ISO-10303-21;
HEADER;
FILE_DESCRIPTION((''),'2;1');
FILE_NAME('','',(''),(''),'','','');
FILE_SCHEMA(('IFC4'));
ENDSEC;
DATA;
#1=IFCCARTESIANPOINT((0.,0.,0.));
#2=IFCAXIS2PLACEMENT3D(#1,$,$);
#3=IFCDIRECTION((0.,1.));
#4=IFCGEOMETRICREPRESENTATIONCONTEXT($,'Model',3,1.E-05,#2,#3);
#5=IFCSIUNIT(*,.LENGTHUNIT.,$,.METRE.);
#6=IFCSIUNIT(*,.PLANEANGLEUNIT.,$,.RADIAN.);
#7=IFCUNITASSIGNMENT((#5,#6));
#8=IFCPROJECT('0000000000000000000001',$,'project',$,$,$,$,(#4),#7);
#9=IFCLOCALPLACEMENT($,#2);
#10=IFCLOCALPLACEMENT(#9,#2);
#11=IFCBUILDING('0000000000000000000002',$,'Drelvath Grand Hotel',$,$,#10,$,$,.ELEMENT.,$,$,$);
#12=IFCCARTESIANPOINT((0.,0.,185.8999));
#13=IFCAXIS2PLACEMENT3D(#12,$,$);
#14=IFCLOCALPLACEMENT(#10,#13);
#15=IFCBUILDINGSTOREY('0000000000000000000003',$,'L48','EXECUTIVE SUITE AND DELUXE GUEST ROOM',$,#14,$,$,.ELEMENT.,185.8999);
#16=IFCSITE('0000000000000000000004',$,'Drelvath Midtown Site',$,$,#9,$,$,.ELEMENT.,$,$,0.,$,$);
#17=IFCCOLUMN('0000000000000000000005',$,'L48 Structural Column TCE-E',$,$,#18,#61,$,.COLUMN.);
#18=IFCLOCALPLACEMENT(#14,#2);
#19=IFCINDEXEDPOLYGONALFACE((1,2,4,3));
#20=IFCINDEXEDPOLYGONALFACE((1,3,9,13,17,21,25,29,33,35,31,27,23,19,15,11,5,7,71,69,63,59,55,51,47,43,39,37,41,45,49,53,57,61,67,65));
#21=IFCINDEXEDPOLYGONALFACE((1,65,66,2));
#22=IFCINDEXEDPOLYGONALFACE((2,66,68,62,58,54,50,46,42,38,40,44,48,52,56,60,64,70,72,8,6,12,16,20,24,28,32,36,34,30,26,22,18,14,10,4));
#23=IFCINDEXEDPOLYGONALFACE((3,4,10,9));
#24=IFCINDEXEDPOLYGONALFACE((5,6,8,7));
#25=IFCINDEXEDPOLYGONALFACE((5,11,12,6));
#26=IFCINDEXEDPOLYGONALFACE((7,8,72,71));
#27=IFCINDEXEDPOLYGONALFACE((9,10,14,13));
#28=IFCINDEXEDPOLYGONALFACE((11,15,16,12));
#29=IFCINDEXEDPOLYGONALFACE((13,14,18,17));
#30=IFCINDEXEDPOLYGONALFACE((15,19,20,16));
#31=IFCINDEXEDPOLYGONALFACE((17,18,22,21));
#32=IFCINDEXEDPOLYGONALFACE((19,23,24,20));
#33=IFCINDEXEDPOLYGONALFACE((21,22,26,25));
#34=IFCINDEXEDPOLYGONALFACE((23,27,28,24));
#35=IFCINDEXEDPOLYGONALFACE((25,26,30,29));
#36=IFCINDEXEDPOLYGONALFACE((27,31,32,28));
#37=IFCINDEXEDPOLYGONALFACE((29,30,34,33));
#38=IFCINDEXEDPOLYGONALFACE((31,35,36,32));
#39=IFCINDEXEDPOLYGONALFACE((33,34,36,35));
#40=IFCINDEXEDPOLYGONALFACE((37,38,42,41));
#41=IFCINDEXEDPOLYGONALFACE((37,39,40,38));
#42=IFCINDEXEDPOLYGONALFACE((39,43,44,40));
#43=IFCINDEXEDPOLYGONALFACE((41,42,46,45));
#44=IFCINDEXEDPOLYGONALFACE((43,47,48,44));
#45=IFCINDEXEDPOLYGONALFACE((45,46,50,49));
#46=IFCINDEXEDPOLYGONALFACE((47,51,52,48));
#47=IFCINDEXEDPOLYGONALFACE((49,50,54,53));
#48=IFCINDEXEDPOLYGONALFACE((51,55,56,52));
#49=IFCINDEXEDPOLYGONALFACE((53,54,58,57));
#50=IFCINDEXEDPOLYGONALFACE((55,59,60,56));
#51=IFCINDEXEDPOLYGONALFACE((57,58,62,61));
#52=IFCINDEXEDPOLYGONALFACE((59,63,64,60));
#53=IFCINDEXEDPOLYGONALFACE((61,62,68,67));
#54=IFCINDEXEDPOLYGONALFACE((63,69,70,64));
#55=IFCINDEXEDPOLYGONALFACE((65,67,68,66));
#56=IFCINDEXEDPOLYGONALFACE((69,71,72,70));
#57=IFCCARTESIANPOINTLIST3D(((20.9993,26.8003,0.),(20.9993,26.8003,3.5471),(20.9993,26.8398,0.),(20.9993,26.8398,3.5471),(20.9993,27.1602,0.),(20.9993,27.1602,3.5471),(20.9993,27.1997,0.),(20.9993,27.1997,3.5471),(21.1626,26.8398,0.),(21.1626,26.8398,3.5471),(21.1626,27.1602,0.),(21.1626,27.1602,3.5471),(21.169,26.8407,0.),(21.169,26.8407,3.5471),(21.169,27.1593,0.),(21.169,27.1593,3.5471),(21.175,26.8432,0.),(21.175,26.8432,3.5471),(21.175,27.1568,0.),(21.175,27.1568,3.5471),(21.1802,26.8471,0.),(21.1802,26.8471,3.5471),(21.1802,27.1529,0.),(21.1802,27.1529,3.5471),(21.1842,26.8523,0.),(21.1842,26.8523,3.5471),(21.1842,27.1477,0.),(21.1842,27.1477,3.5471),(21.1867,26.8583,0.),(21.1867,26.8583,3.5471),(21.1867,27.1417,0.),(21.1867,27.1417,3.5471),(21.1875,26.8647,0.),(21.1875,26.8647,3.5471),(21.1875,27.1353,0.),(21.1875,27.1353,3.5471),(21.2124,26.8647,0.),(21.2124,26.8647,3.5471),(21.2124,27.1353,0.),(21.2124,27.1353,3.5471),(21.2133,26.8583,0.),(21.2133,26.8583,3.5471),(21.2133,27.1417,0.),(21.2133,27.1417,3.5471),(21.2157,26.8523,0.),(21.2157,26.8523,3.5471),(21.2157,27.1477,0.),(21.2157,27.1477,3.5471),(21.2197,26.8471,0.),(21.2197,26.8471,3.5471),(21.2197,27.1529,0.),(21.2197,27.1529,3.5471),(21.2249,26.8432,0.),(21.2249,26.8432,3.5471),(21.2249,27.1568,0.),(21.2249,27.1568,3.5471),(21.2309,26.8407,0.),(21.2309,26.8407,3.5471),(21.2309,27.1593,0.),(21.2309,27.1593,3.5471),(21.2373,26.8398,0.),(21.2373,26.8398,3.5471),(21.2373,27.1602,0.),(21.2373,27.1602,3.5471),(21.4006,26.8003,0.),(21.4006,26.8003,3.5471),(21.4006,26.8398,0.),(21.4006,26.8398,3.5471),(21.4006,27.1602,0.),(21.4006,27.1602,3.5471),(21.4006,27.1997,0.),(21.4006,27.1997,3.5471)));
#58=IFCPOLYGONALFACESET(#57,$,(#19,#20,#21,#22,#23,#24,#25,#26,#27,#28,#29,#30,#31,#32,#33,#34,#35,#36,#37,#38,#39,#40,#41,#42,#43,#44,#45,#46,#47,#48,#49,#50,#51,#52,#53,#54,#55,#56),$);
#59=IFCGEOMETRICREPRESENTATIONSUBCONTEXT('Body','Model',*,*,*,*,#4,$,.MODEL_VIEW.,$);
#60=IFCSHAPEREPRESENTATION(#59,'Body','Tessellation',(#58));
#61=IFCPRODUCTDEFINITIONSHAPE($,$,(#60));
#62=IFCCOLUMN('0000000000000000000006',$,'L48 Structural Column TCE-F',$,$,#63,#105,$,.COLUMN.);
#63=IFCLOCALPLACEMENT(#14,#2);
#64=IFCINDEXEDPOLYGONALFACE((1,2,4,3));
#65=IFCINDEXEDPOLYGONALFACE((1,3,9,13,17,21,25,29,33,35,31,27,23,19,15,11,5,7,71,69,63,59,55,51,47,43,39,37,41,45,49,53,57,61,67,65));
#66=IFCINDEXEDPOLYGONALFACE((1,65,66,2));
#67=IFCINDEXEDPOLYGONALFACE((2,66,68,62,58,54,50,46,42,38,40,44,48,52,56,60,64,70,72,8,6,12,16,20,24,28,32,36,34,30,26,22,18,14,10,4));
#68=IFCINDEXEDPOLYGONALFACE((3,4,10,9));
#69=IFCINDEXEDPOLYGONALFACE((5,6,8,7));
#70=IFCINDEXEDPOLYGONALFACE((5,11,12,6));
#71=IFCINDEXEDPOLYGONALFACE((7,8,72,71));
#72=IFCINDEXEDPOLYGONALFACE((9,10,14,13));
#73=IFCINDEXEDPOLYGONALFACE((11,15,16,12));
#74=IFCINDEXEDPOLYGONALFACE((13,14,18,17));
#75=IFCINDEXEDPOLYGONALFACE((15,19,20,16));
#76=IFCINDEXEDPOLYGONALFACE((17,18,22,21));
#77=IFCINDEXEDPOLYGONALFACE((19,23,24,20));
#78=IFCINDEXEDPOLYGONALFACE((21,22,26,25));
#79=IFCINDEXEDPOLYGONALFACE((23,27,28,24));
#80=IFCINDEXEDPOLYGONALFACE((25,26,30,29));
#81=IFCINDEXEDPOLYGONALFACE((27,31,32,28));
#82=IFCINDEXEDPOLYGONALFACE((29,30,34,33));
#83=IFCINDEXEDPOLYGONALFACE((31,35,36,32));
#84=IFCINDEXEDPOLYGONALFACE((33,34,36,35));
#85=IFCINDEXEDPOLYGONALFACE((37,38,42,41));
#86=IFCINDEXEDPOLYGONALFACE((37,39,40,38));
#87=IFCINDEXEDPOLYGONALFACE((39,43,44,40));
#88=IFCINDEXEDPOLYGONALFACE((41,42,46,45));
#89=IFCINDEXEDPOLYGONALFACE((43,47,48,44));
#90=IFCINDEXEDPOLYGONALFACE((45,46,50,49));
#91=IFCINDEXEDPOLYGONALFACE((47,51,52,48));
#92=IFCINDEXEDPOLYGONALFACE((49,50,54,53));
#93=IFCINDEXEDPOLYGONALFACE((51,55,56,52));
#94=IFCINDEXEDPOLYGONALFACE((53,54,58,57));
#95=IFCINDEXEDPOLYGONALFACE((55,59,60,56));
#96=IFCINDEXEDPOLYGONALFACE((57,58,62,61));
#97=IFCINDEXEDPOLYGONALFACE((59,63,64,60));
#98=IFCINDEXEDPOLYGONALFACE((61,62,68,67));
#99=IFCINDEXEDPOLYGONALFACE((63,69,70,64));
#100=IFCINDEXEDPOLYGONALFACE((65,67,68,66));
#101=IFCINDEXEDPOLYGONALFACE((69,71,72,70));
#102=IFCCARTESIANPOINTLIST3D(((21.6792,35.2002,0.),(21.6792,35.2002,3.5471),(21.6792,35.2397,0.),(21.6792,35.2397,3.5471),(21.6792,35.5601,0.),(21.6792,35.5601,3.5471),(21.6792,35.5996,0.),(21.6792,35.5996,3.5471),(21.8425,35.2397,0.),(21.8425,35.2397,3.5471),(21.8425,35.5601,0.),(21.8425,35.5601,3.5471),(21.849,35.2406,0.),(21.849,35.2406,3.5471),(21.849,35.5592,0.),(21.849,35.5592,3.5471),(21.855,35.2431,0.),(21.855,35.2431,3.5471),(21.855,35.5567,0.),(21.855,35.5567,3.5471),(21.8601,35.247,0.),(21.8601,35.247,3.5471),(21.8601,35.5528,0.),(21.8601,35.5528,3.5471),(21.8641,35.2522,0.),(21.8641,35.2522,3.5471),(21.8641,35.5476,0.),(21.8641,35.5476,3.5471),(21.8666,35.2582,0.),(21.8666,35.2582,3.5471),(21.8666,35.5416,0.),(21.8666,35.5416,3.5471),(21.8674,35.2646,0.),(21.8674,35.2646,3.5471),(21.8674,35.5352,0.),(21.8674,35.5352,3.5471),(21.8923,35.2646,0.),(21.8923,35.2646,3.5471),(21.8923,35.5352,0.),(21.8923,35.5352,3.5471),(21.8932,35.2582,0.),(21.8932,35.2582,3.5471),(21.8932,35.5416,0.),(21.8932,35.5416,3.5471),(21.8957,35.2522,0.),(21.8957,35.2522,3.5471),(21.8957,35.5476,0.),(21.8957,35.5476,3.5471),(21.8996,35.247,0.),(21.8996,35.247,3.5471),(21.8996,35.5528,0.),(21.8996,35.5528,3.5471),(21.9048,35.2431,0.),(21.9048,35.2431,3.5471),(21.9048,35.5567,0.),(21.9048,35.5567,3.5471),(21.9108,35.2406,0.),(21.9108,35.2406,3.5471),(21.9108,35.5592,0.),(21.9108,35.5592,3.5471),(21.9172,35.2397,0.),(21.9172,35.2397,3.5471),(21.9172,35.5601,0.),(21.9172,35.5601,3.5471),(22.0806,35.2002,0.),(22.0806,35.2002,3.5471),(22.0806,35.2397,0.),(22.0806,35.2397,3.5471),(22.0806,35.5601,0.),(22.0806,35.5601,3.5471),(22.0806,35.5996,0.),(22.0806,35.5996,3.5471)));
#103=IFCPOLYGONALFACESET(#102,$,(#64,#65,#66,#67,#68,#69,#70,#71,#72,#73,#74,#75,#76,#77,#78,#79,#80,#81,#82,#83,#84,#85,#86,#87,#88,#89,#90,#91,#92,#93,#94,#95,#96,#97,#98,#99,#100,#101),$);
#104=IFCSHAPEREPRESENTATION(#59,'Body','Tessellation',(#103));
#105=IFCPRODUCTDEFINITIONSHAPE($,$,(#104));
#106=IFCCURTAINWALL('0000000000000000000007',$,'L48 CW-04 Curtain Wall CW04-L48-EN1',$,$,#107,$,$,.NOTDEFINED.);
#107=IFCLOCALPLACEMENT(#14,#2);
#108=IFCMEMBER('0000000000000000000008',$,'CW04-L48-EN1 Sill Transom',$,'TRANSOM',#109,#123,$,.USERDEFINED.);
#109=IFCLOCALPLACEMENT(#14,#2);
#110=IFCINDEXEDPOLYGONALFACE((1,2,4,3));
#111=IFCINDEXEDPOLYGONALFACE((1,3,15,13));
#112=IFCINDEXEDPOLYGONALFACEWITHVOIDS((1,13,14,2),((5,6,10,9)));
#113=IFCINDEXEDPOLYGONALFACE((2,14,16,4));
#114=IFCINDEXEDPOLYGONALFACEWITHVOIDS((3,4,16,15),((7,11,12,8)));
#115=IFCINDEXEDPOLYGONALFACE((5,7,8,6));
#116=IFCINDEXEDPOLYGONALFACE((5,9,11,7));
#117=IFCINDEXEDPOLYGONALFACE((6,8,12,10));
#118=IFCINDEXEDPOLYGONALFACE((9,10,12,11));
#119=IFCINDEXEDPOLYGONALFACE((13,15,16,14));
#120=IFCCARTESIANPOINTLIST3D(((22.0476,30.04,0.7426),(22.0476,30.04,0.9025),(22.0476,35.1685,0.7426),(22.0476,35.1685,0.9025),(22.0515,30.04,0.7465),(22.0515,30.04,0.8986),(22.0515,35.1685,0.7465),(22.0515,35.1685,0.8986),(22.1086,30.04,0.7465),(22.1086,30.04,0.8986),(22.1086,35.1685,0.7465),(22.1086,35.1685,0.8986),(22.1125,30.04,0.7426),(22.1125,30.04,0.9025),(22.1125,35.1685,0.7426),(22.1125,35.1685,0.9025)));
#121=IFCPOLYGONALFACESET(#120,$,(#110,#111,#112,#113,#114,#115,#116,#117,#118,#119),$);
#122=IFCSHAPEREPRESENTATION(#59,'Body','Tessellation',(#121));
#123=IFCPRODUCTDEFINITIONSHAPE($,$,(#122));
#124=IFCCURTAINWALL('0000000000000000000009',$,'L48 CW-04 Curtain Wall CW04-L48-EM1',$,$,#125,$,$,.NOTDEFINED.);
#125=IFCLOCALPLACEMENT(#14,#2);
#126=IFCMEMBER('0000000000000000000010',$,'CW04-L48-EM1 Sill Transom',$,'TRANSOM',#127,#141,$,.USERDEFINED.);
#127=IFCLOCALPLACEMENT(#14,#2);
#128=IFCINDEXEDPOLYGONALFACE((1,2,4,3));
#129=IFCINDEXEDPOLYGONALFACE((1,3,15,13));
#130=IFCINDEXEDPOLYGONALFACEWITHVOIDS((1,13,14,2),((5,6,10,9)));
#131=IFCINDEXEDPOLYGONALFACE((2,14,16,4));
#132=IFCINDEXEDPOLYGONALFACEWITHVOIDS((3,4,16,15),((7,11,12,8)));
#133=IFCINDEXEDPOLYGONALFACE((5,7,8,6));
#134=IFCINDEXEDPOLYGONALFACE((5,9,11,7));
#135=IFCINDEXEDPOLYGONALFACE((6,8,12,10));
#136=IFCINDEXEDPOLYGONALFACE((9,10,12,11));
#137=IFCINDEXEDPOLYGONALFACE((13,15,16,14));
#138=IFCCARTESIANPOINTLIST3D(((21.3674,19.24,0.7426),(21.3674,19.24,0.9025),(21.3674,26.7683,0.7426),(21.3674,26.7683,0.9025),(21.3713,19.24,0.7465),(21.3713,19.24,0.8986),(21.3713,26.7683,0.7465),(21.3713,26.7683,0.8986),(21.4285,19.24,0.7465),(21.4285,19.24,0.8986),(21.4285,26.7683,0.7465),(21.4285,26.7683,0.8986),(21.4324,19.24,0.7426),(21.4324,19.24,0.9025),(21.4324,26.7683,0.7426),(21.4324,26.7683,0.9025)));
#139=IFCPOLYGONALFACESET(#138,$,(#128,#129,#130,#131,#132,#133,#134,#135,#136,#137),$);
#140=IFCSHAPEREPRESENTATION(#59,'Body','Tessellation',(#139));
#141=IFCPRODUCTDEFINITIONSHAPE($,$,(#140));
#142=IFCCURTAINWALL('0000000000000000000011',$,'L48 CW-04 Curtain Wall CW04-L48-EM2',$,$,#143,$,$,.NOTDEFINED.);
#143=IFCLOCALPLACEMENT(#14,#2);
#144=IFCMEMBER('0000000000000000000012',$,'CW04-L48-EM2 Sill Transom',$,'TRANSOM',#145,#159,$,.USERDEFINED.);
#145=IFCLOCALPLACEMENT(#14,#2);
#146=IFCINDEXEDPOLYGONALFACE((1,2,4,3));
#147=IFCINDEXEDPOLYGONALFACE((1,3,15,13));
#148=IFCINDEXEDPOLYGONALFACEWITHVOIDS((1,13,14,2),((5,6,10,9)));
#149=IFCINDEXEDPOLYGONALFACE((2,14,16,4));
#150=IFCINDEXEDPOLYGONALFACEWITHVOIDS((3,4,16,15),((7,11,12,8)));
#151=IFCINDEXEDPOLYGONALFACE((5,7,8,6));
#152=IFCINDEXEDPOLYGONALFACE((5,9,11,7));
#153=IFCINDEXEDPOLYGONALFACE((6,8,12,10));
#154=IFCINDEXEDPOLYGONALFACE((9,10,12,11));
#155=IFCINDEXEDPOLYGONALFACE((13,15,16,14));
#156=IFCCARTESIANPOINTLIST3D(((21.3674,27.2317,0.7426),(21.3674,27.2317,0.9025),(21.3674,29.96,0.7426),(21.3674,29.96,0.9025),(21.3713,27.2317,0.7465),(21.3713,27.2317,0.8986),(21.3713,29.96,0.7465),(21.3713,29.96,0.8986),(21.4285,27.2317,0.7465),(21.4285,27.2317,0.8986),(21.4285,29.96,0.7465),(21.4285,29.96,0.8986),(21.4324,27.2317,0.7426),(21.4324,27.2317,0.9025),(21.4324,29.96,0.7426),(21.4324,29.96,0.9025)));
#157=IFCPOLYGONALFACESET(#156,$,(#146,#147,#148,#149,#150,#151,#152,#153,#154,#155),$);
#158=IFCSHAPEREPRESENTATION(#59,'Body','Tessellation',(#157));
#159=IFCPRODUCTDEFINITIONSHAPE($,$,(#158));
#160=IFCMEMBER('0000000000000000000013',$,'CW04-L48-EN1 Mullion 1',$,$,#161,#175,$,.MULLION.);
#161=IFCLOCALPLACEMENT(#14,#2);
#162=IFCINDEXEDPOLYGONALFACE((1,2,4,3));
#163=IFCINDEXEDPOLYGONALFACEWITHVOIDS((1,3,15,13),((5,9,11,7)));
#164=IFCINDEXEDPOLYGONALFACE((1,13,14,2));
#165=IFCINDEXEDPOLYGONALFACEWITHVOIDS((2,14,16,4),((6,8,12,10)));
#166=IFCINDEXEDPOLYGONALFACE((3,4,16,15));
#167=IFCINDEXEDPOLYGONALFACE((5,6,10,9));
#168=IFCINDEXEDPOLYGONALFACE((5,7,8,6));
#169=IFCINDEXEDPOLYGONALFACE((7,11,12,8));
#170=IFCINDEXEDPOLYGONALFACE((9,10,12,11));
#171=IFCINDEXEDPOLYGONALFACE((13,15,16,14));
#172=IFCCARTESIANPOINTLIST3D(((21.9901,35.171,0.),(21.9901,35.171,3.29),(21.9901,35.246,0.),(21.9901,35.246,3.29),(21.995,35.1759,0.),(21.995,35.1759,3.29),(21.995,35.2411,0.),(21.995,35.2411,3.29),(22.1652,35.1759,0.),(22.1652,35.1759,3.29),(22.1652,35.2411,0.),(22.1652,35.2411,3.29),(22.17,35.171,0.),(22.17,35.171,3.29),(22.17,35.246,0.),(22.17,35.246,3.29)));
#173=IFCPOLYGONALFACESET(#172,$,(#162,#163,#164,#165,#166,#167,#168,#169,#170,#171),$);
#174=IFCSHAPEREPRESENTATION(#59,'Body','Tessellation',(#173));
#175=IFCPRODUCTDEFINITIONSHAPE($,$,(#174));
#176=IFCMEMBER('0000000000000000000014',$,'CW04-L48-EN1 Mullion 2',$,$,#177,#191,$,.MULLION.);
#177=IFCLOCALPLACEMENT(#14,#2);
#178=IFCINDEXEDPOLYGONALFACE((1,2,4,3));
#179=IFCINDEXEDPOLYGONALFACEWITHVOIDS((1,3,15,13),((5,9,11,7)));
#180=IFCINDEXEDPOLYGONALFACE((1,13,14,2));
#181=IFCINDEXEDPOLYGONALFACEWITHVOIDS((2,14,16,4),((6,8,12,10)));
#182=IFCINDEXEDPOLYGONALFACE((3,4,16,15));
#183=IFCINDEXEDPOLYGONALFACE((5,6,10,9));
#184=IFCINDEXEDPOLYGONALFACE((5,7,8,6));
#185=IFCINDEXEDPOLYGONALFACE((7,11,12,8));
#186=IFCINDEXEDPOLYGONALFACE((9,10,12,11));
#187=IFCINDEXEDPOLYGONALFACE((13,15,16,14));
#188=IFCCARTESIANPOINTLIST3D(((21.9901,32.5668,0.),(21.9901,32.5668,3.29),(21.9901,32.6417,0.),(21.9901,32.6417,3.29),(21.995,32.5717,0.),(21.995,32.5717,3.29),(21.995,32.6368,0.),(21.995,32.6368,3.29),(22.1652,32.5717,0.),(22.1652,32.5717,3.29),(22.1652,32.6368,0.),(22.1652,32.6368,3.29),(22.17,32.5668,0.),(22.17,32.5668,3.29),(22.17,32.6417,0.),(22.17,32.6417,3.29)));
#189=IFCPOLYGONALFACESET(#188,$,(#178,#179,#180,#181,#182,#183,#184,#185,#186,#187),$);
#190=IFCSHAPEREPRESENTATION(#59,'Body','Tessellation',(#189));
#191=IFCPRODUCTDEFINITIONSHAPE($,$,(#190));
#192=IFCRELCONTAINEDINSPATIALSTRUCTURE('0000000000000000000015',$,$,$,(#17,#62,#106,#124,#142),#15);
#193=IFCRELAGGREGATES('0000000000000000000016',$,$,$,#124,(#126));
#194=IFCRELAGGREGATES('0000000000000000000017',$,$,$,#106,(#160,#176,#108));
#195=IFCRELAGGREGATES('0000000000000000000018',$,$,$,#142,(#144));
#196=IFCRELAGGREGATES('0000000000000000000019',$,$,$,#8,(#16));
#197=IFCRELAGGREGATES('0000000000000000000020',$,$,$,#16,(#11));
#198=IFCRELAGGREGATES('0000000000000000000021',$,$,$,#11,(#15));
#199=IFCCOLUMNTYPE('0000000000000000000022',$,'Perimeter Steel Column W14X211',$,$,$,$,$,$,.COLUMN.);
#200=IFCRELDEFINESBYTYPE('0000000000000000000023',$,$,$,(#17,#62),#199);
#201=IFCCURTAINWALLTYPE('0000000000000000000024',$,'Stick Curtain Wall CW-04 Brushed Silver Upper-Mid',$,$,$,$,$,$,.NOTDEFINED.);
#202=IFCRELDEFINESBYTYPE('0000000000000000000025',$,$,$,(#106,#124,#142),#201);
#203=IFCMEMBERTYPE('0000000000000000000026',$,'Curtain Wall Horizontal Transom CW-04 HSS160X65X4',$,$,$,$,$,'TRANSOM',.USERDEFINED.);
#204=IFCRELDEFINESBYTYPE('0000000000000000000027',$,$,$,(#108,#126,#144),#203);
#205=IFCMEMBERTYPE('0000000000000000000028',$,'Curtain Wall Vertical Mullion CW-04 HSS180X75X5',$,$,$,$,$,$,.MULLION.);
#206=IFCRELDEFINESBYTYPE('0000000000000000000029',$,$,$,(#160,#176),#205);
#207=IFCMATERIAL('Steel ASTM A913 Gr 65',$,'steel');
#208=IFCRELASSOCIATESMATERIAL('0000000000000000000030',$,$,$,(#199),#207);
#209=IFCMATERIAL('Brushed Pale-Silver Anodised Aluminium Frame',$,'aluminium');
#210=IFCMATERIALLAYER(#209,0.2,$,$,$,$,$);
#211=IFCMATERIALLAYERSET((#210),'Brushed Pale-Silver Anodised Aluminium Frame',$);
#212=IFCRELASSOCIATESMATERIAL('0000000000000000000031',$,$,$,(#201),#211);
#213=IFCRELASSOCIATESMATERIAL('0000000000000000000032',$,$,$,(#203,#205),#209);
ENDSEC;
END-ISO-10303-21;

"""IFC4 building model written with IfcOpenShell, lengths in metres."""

from ifc_helpers import new_model, si_unit, direction, frame, origin, origin_2d, place, context, subcontext, project, spatial, hollow_rectangle, i_section, extrude, material, layer, layer_set, material_profile, profile_set, type_object, element, aggregate, save


model = new_model("IFC4")

# Units and contexts
model_context = context("Model", 3, precision=1e-05, world=origin(), true_north=direction((0.0, 1.0)))
body_context = subcontext(model_context, "Body", "Model", "MODEL_VIEW")
ifc_project = project(units=[si_unit("LENGTHUNIT", "METRE"), si_unit("PLANEANGLEUNIT", "RADIAN")], contexts=[model_context])

# Site, building, storey
site_placement = place(None, origin())
site = spatial("IfcSite", under=ifc_project, at=site_placement, Name="Drelvath Midtown Site", CompositionType="ELEMENT", RefElevation=0.0)
building_placement = place(site_placement, origin())
building = spatial("IfcBuilding", under=site, at=building_placement, Name="Drelvath Grand Hotel", CompositionType="ELEMENT")
storey_placement = place(building_placement, frame((0.0, 0.0, 185.8999)))
storey = spatial("IfcBuildingStorey", under=building, at=storey_placement, Name="L48", Description="EXECUTIVE SUITE AND DELUXE GUEST ROOM", CompositionType="ELEMENT", Elevation=185.8999)

# Columns
ifc_material_1 = material(Name="Steel ASTM A913 Gr 65", Category="steel")
ifc_material_profile_1 = material_profile(ifc_material_1, i_section(OverallWidth=0.4014, OverallDepth=0.3994, WebThickness=0.0249, FlangeThickness=0.0396, FilletRadius=0.0249, at=origin_2d()), Name="W14X211")
ifc_profile_set_1 = profile_set([ifc_material_profile_1], Name="Steel ASTM A913 Gr 65")
column_type = type_object("IfcColumnType", Name="Perimeter Steel Column W14X211", PredefinedType="COLUMN", material=ifc_profile_set_1)
for number, where, z_axis, x_axis, name in (
    (1, (21.2, 27.0, 0.0), (0.0, 0.0, 1.0), (1.0, 0.0, 0.0), "L48 Structural Column TCE-E"),
    (2, (21.8799, 35.3999, 0.0), (0.0, 0.0, 1.0), (1.0, 0.0, 0.0), "L48 Structural Column TCE-F"),
):
    element("IfcColumn", number, at=place(storey_placement, frame(where, z_axis=z_axis, x_axis=x_axis)), inside=storey, type_object=column_type, Name=name, PredefinedType="COLUMN", context=body_context, shape_type="SweptSolid", body=[
        extrude(i_section(OverallWidth=0.4014, OverallDepth=0.3994, WebThickness=0.0249, FlangeThickness=0.0396, FilletRadius=0.0249, at=origin_2d()), origin(), (0.0, 0.0, 1.0), 3.5471),
    ])

# Curtain walls, members
ifc_material_2 = material(Name="Brushed Pale-Silver Anodised Aluminium Frame", Category="aluminium")
ifc_layer_1 = layer(ifc_material_2, 0.2)
ifc_layer_set_1 = layer_set([ifc_layer_1], Name="Brushed Pale-Silver Anodised Aluminium Frame")
curtain_wall_type = type_object("IfcCurtainWallType", Name="Stick Curtain Wall CW-04 Brushed Silver Upper-Mid", PredefinedType="NOTDEFINED", material=ifc_layer_set_1)
curtain_wall_1_placement = place(storey_placement, origin())
curtain_wall_1 = element("IfcCurtainWall", 3, at=curtain_wall_1_placement, inside=storey, type_object=curtain_wall_type, Name="L48 CW-04 Curtain Wall CW04-L48-EN1", PredefinedType="NOTDEFINED")
ifc_material_profile_2 = material_profile(ifc_material_2, hollow_rectangle(XDim=0.0649, YDim=0.1599, WallThickness=0.0039, at=origin_2d()), Name="HSS160X65X4")
ifc_profile_set_2 = profile_set([ifc_material_profile_2], Name="Brushed Pale-Silver Anodised Aluminium Frame")
member_type_1 = type_object("IfcMemberType", Name="Curtain Wall Horizontal Transom CW-04 HSS160X65X4", ElementType="TRANSOM", PredefinedType="USERDEFINED", material=ifc_profile_set_2)
member_1_placement = place(storey_placement, frame((22.0801, 35.1685, 0.8225), z_axis=(0.0, -1.0, 0.0), x_axis=(1.0, 0.0, 0.0)))
member_1 = element("IfcMember", 4, at=member_1_placement, type_object=member_type_1, Name="CW04-L48-EN1 Sill Transom", ObjectType="TRANSOM", PredefinedType="USERDEFINED", context=body_context, shape_type="SweptSolid", body=[
    extrude(hollow_rectangle(XDim=0.0649, YDim=0.1599, WallThickness=0.0039, at=origin_2d()), origin(), (0.0, 0.0, 1.0), 5.1284),
])
curtain_wall_2_placement = place(storey_placement, origin())
curtain_wall_2 = element("IfcCurtainWall", 5, at=curtain_wall_2_placement, inside=storey, type_object=curtain_wall_type, Name="L48 CW-04 Curtain Wall CW04-L48-EM1", PredefinedType="NOTDEFINED")
member_2_placement = place(storey_placement, frame((21.3999, 26.7683, 0.8225), z_axis=(0.0, -1.0, 0.0), x_axis=(1.0, 0.0, 0.0)))
member_2 = element("IfcMember", 6, at=member_2_placement, type_object=member_type_1, Name="CW04-L48-EM1 Sill Transom", ObjectType="TRANSOM", PredefinedType="USERDEFINED", context=body_context, shape_type="SweptSolid", body=[
    extrude(hollow_rectangle(XDim=0.0649, YDim=0.1599, WallThickness=0.0039, at=origin_2d()), origin(), (0.0, 0.0, 1.0), 7.5283),
])
curtain_wall_3_placement = place(storey_placement, origin())
curtain_wall_3 = element("IfcCurtainWall", 7, at=curtain_wall_3_placement, inside=storey, type_object=curtain_wall_type, Name="L48 CW-04 Curtain Wall CW04-L48-EM2", PredefinedType="NOTDEFINED")
member_3_placement = place(storey_placement, frame((21.3999, 29.96, 0.8225), z_axis=(0.0, -1.0, 0.0), x_axis=(1.0, 0.0, 0.0)))
member_3 = element("IfcMember", 8, at=member_3_placement, type_object=member_type_1, Name="CW04-L48-EM2 Sill Transom", ObjectType="TRANSOM", PredefinedType="USERDEFINED", context=body_context, shape_type="SweptSolid", body=[
    extrude(hollow_rectangle(XDim=0.0649, YDim=0.1599, WallThickness=0.0039, at=origin_2d()), origin(), (0.0, 0.0, 1.0), 2.7283),
])

# Members
ifc_material_profile_3 = material_profile(ifc_material_2, hollow_rectangle(XDim=0.075, YDim=0.1799, WallThickness=0.0049, at=origin_2d()), Name="HSS180X75X5")
ifc_profile_set_3 = profile_set([ifc_material_profile_3], Name="Brushed Pale-Silver Anodised Aluminium Frame")
member_type_2 = type_object("IfcMemberType", Name="Curtain Wall Vertical Mullion CW-04 HSS180X75X5", PredefinedType="MULLION", material=ifc_profile_set_3)
member_4_placement = place(storey_placement, frame((22.0801, 35.2085, 0.0), z_axis=(0.0, 0.0, 1.0), x_axis=(0.0, 1.0, 0.0)))
member_4 = element("IfcMember", 9, at=member_4_placement, type_object=member_type_2, Name="CW04-L48-EN1 Mullion 1", PredefinedType="MULLION", context=body_context, shape_type="SweptSolid", body=[
    extrude(hollow_rectangle(XDim=0.075, YDim=0.1799, WallThickness=0.0049, at=origin_2d()), origin(), (0.0, 0.0, 1.0), 3.29),
])
member_5_placement = place(storey_placement, frame((22.0801, 32.6042, 0.0), z_axis=(0.0, 0.0, 1.0), x_axis=(0.0, 1.0, 0.0)))
member_5 = element("IfcMember", 10, at=member_5_placement, type_object=member_type_2, Name="CW04-L48-EN1 Mullion 2", PredefinedType="MULLION", context=body_context, shape_type="SweptSolid", body=[
    extrude(hollow_rectangle(XDim=0.075, YDim=0.1799, WallThickness=0.0049, at=origin_2d()), origin(), (0.0, 0.0, 1.0), 3.29),
])

aggregate(curtain_wall_2, [member_2])

aggregate(curtain_wall_1, [member_4, member_5, member_1])
aggregate(curtain_wall_3, [member_3])

save(model, "model.ifc")
